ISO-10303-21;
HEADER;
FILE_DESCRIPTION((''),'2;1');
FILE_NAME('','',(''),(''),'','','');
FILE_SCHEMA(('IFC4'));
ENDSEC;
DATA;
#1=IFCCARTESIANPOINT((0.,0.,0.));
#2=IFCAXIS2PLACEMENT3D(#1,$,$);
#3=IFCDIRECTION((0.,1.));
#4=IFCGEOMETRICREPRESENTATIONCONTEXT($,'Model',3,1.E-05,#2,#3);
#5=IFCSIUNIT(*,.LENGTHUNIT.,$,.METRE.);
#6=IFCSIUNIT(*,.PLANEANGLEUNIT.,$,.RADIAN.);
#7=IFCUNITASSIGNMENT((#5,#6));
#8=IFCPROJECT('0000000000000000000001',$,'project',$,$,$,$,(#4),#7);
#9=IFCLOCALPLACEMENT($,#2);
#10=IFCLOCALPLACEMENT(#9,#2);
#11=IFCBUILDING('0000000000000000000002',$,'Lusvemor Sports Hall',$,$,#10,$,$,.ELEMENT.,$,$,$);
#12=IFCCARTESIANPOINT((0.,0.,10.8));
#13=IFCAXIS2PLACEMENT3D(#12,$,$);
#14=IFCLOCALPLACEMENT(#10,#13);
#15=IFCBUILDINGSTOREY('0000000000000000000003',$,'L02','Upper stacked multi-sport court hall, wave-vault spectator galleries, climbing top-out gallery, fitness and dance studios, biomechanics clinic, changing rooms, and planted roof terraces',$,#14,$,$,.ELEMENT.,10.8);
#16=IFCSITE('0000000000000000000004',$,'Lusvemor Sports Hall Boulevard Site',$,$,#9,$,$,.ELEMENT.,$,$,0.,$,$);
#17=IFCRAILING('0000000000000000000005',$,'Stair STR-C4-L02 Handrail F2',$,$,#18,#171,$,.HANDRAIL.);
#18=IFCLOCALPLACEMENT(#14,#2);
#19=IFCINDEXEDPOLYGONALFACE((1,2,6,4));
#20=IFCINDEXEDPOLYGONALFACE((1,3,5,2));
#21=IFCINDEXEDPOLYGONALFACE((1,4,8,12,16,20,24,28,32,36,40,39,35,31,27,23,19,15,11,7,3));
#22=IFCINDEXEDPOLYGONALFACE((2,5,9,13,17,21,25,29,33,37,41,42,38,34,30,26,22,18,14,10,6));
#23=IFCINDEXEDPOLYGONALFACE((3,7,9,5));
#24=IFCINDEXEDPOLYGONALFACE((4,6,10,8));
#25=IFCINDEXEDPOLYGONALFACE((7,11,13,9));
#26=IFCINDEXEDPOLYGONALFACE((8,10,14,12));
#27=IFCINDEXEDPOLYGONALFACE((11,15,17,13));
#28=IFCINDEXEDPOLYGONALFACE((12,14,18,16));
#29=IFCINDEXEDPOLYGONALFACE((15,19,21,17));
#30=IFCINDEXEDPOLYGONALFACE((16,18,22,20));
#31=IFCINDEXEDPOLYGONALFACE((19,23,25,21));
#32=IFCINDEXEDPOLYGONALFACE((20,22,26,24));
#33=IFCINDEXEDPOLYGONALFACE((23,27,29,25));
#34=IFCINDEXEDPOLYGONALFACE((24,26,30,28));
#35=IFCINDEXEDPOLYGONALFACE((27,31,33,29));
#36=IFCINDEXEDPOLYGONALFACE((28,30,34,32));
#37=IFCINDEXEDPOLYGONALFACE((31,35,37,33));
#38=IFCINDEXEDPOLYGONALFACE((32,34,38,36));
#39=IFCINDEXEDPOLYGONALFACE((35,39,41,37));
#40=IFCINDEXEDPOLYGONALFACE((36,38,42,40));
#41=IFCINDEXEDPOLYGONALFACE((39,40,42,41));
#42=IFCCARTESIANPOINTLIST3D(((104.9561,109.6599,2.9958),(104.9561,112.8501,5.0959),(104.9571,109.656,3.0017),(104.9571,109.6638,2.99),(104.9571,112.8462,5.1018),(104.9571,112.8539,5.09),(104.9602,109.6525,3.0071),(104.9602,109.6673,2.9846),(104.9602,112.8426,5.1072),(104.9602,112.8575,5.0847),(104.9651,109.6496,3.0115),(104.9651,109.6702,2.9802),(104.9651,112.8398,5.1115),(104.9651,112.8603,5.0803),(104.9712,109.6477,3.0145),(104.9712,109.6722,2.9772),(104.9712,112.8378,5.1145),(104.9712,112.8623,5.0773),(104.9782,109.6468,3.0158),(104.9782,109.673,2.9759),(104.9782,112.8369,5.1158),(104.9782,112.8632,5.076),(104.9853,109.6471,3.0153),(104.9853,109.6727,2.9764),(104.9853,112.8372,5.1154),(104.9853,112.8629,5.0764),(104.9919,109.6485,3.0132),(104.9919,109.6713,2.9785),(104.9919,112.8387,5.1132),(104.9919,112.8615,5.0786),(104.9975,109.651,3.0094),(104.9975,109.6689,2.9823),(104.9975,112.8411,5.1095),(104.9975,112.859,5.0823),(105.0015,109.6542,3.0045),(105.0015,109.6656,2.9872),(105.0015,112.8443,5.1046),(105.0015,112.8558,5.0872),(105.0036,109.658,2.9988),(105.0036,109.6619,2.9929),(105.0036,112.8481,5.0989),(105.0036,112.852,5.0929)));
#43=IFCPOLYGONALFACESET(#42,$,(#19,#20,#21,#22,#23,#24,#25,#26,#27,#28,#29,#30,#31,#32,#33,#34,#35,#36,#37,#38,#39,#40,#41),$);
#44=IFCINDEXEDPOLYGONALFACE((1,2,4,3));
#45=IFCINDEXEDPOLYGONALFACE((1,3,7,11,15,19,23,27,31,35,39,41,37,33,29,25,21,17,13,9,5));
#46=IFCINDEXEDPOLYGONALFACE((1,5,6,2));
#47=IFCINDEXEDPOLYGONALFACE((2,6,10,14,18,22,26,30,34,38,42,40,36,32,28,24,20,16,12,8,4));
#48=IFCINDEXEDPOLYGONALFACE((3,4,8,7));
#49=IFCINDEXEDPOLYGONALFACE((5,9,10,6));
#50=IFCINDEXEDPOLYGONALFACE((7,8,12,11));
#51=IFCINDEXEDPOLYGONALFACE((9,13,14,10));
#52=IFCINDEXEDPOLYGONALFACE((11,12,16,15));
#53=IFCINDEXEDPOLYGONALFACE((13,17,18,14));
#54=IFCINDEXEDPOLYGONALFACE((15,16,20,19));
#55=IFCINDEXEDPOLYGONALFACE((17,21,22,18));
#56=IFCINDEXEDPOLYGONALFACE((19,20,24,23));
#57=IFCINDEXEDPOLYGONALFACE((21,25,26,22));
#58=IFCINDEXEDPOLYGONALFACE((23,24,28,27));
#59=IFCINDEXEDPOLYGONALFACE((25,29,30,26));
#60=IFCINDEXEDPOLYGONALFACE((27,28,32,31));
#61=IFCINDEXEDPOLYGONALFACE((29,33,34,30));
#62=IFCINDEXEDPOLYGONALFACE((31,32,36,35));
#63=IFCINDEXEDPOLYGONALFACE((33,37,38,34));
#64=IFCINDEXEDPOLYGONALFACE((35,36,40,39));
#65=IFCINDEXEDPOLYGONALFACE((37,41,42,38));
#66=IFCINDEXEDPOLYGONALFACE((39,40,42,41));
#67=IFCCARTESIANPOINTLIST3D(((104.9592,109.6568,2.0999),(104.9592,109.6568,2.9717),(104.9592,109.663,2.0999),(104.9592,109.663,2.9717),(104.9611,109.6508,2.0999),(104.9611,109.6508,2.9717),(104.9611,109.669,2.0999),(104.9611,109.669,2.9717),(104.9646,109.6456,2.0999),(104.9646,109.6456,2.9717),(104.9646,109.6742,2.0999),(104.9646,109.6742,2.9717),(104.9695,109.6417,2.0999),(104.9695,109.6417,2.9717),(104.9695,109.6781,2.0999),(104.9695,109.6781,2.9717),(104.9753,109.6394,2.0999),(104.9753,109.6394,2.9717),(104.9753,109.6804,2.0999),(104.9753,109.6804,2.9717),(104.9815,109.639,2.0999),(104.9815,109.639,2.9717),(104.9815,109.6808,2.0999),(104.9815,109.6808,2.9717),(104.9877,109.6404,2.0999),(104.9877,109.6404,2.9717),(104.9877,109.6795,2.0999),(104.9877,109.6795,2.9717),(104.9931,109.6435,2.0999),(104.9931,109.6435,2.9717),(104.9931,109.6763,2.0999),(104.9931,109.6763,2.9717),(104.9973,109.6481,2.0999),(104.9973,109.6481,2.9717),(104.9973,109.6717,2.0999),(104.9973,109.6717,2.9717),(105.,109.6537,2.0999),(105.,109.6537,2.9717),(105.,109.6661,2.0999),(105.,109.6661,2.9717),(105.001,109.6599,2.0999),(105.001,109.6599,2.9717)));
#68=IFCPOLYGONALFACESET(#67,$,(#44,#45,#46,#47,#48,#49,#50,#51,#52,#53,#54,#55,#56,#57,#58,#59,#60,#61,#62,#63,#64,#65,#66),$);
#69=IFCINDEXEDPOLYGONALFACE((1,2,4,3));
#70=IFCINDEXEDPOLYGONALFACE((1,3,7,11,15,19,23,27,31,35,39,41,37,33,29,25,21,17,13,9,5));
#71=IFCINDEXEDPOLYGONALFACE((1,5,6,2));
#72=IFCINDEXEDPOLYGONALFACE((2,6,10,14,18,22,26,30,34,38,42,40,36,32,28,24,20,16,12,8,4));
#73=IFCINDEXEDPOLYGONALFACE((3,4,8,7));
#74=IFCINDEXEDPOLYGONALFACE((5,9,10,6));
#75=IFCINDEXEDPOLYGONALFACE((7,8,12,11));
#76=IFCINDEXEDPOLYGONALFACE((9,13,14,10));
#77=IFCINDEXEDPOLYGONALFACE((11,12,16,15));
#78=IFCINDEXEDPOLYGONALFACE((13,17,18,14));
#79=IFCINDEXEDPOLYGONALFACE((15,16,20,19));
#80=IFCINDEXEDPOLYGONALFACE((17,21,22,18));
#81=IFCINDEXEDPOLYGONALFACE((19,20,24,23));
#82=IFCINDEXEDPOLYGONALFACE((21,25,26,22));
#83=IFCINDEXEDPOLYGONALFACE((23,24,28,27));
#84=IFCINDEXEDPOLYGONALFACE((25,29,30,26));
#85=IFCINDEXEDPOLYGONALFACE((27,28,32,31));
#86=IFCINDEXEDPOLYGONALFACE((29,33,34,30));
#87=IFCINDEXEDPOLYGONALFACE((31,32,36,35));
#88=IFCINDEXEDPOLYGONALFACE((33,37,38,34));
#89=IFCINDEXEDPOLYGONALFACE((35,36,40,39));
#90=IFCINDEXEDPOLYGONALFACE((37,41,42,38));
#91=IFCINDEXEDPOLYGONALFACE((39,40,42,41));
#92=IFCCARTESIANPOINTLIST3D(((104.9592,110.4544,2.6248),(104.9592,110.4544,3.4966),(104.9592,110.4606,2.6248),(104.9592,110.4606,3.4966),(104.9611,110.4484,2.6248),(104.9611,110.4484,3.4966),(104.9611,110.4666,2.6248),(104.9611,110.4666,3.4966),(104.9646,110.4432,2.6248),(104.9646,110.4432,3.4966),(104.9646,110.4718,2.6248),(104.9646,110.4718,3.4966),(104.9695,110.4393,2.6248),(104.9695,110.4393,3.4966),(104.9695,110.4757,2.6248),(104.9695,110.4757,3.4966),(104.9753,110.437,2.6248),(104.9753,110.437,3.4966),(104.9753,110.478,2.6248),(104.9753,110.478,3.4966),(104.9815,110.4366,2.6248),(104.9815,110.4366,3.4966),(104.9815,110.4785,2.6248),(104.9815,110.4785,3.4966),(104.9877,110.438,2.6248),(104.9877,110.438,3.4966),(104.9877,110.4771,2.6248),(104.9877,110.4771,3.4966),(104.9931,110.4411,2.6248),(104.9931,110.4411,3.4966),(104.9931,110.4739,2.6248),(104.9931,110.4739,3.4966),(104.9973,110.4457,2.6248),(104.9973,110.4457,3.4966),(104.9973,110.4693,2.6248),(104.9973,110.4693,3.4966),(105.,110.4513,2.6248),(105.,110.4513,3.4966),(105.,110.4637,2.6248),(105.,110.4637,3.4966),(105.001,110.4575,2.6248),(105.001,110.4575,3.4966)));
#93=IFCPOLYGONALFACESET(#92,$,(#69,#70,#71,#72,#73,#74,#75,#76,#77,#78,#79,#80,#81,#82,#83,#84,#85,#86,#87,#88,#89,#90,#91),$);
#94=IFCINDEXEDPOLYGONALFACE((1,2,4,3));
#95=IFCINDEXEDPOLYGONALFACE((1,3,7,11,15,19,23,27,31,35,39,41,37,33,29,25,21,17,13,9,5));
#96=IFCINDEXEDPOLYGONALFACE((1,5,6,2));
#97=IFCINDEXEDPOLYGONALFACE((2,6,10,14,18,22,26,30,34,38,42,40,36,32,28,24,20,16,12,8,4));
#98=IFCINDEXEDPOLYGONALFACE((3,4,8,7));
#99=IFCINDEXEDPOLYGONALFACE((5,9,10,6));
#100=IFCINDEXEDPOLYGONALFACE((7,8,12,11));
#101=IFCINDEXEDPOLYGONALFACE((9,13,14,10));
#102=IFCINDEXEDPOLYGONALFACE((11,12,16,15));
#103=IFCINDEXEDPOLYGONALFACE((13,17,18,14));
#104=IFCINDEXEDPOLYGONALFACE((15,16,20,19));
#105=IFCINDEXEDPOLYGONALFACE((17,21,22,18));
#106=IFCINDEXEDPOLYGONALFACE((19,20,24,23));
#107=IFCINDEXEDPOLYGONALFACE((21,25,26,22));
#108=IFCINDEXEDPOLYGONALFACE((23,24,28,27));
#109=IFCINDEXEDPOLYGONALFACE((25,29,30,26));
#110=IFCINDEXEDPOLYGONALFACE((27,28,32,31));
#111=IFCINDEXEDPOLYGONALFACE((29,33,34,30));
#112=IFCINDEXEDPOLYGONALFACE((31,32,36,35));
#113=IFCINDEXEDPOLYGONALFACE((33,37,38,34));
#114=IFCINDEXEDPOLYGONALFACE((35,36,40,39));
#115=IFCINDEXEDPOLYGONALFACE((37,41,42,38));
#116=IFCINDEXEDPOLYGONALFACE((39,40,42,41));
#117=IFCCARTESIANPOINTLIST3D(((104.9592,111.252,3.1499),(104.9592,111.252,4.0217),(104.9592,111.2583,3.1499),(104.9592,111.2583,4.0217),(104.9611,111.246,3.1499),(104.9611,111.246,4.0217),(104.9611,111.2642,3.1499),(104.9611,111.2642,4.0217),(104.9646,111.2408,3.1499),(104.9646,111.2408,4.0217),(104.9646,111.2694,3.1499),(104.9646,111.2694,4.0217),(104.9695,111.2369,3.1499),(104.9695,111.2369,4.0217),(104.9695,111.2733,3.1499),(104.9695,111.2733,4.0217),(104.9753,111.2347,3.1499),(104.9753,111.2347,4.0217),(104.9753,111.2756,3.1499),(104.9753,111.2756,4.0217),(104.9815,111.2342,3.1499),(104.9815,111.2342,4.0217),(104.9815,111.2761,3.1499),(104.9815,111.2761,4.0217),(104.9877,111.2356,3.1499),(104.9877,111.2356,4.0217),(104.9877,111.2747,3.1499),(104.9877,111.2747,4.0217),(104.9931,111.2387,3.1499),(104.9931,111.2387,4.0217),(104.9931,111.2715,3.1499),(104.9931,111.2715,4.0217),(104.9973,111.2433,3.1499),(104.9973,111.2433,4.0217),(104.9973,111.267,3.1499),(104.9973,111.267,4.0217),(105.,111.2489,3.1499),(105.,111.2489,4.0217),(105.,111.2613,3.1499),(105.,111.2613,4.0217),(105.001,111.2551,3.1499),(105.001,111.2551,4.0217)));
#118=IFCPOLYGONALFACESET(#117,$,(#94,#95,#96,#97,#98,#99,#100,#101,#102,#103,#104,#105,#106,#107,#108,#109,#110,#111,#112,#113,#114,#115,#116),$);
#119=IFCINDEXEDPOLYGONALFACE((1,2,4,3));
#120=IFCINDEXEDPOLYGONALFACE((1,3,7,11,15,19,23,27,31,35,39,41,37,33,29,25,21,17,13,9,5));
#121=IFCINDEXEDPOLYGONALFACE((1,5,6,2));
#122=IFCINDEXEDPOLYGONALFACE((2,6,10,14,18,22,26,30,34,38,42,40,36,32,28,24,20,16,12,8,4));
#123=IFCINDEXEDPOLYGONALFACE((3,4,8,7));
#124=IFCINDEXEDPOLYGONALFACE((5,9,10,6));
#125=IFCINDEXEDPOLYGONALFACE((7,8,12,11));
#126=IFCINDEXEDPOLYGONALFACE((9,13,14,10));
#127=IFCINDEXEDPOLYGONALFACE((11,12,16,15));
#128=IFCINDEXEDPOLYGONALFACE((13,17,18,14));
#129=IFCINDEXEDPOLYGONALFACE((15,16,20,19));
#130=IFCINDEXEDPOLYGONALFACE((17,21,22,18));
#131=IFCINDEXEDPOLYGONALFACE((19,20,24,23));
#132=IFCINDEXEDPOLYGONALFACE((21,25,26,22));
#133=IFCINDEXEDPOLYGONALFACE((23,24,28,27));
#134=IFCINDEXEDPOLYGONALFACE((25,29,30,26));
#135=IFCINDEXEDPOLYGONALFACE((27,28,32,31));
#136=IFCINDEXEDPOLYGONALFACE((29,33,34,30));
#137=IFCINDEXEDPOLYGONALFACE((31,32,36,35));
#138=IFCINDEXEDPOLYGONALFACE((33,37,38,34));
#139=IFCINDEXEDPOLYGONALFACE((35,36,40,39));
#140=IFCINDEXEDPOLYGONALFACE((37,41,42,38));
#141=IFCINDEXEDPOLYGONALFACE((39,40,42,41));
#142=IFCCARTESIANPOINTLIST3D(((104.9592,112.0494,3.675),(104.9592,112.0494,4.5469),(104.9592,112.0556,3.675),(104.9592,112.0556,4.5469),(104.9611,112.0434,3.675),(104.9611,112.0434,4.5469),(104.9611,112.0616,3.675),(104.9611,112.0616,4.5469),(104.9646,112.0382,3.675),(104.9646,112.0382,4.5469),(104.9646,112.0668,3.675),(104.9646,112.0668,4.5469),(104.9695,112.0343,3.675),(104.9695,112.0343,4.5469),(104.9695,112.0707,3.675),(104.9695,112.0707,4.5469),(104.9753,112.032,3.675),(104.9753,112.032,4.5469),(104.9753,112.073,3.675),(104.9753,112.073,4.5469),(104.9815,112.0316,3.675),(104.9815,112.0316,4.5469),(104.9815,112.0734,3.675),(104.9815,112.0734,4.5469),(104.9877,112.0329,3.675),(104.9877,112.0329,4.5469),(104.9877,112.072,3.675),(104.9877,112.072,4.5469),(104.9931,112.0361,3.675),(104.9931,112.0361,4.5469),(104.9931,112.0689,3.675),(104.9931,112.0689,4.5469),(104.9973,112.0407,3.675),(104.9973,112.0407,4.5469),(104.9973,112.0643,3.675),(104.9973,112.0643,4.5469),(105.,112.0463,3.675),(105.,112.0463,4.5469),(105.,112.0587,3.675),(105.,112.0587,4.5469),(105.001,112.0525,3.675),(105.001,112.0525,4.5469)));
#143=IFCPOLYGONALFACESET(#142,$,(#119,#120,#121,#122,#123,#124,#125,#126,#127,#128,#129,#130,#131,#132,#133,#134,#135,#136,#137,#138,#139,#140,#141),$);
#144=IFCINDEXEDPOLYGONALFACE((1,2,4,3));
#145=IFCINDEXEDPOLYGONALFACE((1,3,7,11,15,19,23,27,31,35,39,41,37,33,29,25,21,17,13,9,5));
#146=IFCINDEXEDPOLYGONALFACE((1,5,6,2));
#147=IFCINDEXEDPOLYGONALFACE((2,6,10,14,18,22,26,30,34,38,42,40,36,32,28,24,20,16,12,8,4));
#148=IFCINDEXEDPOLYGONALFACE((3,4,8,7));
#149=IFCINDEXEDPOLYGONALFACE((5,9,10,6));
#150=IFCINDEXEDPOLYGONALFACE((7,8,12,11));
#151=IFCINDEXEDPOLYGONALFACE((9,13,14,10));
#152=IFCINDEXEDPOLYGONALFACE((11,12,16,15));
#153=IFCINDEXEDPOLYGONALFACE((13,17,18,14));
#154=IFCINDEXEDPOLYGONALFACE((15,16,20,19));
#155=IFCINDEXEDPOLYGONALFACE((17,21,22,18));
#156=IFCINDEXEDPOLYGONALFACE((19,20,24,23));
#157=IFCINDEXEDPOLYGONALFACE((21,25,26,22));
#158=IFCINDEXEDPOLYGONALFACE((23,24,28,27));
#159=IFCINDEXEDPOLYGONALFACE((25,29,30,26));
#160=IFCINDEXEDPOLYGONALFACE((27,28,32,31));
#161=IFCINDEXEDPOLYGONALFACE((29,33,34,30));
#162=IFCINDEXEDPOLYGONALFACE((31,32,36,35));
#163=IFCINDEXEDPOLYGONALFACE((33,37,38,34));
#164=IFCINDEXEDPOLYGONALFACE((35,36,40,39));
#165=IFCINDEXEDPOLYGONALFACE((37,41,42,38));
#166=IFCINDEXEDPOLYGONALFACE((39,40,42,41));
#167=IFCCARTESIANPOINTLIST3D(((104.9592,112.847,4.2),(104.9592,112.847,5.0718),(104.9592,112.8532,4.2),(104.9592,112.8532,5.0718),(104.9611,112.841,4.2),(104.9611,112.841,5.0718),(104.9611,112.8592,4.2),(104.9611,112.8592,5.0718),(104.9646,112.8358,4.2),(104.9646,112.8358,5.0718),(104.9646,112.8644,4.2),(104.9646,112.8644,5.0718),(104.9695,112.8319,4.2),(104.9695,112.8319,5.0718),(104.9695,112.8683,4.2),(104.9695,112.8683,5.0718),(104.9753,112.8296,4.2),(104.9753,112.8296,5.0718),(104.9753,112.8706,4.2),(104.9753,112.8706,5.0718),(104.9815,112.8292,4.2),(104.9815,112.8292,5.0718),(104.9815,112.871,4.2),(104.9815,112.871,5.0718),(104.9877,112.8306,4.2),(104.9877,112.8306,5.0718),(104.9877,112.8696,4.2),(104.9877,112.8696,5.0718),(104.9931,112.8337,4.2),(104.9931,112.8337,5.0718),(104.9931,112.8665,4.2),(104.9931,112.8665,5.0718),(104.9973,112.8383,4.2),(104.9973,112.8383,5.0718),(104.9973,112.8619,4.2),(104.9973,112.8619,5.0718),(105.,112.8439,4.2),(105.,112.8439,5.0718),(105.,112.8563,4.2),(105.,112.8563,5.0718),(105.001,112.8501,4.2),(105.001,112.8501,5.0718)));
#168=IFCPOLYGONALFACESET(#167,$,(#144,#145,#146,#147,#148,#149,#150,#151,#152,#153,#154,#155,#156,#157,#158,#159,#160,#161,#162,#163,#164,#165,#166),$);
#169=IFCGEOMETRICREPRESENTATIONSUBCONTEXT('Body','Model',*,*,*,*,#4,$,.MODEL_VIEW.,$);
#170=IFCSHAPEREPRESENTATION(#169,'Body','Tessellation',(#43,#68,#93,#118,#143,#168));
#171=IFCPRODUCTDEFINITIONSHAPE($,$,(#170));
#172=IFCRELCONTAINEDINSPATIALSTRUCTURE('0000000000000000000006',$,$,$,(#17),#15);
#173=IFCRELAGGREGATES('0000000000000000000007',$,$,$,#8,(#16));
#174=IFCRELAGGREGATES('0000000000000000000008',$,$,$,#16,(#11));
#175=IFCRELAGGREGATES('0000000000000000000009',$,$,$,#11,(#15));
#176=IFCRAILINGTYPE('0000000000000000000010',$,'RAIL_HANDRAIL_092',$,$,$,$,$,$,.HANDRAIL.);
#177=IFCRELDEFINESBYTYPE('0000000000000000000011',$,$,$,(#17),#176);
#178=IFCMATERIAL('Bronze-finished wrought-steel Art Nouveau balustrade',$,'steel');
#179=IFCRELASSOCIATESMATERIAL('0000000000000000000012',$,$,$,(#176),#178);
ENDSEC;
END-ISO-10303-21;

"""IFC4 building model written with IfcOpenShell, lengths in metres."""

from ifc_helpers import new_model, si_unit, direction, frame, origin, origin_2d, place, context, subcontext, project, spatial, circle, extrude, material, type_object, element, save


model = new_model("IFC4")

# Units and contexts
model_context = context("Model", 3, precision=1e-05, world=origin(), true_north=direction((0.0, 1.0)))
body_context = subcontext(model_context, "Body", "Model", "MODEL_VIEW")
ifc_project = project(units=[si_unit("LENGTHUNIT", "METRE"), si_unit("PLANEANGLEUNIT", "RADIAN")], contexts=[model_context])

# Site, building, storey
site_placement = place(None, origin())
site = spatial("IfcSite", under=ifc_project, at=site_placement, Name="Lusvemor Sports Hall Boulevard Site", CompositionType="ELEMENT", RefElevation=0.0)
building_placement = place(site_placement, origin())
building = spatial("IfcBuilding", under=site, at=building_placement, Name="Lusvemor Sports Hall", CompositionType="ELEMENT")
storey_placement = place(building_placement, frame((0.0, 0.0, 10.8)))
storey = spatial("IfcBuildingStorey", under=building, at=storey_placement, Name="L02", Description="Upper stacked multi-sport court hall, wave-vault spectator galleries, climbing top-out gallery, fitness and dance studios, biomechanics clinic, changing rooms, and planted roof terraces", CompositionType="ELEMENT", Elevation=10.8)

# Railing
ifc_material_1 = material(Name="Bronze-finished wrought-steel Art Nouveau balustrade", Category="steel")
railing_type_1 = type_object("IfcRailingType", Name="RAIL_HANDRAIL_092", PredefinedType="HANDRAIL", material=ifc_material_1)
railing_1_placement = place(storey_placement, frame((104.98, 109.6599, 2.0999)))
element("IfcRailing", 1, at=railing_1_placement, inside=storey, type_object=railing_type_1, Name="Stair STR-C4-L02 Handrail F2", PredefinedType="HANDRAIL", context=body_context, shape_type="SweptSolid", body=[
    extrude(circle(Radius=0.0239, at=origin_2d()), frame((0.0, 0.0, 0.896), z_axis=(0.0, 0.835262, 0.549852), x_axis=(-1.0, 0.0, 0.0)), (0.0, 0.0, 1.0), 3.8193),
    extrude(circle(Radius=0.021, at=origin_2d()), origin(), (0.0, 0.0, 1.0), 0.8718),
    extrude(circle(Radius=0.021, at=origin_2d()), frame((0.0, 0.7976, 0.5249)), (0.0, 0.0, 1.0), 0.8718),
    extrude(circle(Radius=0.021, at=origin_2d()), frame((0.0, 1.5952, 1.05)), (0.0, 0.0, 1.0), 0.8718),
    extrude(circle(Radius=0.021, at=origin_2d()), frame((0.0, 2.3926, 1.5752)), (0.0, 0.0, 1.0), 0.8718),
    extrude(circle(Radius=0.021, at=origin_2d()), frame((0.0, 3.1902, 2.1001)), (0.0, 0.0, 1.0), 0.8718),
])

save(model, "model.ifc")
